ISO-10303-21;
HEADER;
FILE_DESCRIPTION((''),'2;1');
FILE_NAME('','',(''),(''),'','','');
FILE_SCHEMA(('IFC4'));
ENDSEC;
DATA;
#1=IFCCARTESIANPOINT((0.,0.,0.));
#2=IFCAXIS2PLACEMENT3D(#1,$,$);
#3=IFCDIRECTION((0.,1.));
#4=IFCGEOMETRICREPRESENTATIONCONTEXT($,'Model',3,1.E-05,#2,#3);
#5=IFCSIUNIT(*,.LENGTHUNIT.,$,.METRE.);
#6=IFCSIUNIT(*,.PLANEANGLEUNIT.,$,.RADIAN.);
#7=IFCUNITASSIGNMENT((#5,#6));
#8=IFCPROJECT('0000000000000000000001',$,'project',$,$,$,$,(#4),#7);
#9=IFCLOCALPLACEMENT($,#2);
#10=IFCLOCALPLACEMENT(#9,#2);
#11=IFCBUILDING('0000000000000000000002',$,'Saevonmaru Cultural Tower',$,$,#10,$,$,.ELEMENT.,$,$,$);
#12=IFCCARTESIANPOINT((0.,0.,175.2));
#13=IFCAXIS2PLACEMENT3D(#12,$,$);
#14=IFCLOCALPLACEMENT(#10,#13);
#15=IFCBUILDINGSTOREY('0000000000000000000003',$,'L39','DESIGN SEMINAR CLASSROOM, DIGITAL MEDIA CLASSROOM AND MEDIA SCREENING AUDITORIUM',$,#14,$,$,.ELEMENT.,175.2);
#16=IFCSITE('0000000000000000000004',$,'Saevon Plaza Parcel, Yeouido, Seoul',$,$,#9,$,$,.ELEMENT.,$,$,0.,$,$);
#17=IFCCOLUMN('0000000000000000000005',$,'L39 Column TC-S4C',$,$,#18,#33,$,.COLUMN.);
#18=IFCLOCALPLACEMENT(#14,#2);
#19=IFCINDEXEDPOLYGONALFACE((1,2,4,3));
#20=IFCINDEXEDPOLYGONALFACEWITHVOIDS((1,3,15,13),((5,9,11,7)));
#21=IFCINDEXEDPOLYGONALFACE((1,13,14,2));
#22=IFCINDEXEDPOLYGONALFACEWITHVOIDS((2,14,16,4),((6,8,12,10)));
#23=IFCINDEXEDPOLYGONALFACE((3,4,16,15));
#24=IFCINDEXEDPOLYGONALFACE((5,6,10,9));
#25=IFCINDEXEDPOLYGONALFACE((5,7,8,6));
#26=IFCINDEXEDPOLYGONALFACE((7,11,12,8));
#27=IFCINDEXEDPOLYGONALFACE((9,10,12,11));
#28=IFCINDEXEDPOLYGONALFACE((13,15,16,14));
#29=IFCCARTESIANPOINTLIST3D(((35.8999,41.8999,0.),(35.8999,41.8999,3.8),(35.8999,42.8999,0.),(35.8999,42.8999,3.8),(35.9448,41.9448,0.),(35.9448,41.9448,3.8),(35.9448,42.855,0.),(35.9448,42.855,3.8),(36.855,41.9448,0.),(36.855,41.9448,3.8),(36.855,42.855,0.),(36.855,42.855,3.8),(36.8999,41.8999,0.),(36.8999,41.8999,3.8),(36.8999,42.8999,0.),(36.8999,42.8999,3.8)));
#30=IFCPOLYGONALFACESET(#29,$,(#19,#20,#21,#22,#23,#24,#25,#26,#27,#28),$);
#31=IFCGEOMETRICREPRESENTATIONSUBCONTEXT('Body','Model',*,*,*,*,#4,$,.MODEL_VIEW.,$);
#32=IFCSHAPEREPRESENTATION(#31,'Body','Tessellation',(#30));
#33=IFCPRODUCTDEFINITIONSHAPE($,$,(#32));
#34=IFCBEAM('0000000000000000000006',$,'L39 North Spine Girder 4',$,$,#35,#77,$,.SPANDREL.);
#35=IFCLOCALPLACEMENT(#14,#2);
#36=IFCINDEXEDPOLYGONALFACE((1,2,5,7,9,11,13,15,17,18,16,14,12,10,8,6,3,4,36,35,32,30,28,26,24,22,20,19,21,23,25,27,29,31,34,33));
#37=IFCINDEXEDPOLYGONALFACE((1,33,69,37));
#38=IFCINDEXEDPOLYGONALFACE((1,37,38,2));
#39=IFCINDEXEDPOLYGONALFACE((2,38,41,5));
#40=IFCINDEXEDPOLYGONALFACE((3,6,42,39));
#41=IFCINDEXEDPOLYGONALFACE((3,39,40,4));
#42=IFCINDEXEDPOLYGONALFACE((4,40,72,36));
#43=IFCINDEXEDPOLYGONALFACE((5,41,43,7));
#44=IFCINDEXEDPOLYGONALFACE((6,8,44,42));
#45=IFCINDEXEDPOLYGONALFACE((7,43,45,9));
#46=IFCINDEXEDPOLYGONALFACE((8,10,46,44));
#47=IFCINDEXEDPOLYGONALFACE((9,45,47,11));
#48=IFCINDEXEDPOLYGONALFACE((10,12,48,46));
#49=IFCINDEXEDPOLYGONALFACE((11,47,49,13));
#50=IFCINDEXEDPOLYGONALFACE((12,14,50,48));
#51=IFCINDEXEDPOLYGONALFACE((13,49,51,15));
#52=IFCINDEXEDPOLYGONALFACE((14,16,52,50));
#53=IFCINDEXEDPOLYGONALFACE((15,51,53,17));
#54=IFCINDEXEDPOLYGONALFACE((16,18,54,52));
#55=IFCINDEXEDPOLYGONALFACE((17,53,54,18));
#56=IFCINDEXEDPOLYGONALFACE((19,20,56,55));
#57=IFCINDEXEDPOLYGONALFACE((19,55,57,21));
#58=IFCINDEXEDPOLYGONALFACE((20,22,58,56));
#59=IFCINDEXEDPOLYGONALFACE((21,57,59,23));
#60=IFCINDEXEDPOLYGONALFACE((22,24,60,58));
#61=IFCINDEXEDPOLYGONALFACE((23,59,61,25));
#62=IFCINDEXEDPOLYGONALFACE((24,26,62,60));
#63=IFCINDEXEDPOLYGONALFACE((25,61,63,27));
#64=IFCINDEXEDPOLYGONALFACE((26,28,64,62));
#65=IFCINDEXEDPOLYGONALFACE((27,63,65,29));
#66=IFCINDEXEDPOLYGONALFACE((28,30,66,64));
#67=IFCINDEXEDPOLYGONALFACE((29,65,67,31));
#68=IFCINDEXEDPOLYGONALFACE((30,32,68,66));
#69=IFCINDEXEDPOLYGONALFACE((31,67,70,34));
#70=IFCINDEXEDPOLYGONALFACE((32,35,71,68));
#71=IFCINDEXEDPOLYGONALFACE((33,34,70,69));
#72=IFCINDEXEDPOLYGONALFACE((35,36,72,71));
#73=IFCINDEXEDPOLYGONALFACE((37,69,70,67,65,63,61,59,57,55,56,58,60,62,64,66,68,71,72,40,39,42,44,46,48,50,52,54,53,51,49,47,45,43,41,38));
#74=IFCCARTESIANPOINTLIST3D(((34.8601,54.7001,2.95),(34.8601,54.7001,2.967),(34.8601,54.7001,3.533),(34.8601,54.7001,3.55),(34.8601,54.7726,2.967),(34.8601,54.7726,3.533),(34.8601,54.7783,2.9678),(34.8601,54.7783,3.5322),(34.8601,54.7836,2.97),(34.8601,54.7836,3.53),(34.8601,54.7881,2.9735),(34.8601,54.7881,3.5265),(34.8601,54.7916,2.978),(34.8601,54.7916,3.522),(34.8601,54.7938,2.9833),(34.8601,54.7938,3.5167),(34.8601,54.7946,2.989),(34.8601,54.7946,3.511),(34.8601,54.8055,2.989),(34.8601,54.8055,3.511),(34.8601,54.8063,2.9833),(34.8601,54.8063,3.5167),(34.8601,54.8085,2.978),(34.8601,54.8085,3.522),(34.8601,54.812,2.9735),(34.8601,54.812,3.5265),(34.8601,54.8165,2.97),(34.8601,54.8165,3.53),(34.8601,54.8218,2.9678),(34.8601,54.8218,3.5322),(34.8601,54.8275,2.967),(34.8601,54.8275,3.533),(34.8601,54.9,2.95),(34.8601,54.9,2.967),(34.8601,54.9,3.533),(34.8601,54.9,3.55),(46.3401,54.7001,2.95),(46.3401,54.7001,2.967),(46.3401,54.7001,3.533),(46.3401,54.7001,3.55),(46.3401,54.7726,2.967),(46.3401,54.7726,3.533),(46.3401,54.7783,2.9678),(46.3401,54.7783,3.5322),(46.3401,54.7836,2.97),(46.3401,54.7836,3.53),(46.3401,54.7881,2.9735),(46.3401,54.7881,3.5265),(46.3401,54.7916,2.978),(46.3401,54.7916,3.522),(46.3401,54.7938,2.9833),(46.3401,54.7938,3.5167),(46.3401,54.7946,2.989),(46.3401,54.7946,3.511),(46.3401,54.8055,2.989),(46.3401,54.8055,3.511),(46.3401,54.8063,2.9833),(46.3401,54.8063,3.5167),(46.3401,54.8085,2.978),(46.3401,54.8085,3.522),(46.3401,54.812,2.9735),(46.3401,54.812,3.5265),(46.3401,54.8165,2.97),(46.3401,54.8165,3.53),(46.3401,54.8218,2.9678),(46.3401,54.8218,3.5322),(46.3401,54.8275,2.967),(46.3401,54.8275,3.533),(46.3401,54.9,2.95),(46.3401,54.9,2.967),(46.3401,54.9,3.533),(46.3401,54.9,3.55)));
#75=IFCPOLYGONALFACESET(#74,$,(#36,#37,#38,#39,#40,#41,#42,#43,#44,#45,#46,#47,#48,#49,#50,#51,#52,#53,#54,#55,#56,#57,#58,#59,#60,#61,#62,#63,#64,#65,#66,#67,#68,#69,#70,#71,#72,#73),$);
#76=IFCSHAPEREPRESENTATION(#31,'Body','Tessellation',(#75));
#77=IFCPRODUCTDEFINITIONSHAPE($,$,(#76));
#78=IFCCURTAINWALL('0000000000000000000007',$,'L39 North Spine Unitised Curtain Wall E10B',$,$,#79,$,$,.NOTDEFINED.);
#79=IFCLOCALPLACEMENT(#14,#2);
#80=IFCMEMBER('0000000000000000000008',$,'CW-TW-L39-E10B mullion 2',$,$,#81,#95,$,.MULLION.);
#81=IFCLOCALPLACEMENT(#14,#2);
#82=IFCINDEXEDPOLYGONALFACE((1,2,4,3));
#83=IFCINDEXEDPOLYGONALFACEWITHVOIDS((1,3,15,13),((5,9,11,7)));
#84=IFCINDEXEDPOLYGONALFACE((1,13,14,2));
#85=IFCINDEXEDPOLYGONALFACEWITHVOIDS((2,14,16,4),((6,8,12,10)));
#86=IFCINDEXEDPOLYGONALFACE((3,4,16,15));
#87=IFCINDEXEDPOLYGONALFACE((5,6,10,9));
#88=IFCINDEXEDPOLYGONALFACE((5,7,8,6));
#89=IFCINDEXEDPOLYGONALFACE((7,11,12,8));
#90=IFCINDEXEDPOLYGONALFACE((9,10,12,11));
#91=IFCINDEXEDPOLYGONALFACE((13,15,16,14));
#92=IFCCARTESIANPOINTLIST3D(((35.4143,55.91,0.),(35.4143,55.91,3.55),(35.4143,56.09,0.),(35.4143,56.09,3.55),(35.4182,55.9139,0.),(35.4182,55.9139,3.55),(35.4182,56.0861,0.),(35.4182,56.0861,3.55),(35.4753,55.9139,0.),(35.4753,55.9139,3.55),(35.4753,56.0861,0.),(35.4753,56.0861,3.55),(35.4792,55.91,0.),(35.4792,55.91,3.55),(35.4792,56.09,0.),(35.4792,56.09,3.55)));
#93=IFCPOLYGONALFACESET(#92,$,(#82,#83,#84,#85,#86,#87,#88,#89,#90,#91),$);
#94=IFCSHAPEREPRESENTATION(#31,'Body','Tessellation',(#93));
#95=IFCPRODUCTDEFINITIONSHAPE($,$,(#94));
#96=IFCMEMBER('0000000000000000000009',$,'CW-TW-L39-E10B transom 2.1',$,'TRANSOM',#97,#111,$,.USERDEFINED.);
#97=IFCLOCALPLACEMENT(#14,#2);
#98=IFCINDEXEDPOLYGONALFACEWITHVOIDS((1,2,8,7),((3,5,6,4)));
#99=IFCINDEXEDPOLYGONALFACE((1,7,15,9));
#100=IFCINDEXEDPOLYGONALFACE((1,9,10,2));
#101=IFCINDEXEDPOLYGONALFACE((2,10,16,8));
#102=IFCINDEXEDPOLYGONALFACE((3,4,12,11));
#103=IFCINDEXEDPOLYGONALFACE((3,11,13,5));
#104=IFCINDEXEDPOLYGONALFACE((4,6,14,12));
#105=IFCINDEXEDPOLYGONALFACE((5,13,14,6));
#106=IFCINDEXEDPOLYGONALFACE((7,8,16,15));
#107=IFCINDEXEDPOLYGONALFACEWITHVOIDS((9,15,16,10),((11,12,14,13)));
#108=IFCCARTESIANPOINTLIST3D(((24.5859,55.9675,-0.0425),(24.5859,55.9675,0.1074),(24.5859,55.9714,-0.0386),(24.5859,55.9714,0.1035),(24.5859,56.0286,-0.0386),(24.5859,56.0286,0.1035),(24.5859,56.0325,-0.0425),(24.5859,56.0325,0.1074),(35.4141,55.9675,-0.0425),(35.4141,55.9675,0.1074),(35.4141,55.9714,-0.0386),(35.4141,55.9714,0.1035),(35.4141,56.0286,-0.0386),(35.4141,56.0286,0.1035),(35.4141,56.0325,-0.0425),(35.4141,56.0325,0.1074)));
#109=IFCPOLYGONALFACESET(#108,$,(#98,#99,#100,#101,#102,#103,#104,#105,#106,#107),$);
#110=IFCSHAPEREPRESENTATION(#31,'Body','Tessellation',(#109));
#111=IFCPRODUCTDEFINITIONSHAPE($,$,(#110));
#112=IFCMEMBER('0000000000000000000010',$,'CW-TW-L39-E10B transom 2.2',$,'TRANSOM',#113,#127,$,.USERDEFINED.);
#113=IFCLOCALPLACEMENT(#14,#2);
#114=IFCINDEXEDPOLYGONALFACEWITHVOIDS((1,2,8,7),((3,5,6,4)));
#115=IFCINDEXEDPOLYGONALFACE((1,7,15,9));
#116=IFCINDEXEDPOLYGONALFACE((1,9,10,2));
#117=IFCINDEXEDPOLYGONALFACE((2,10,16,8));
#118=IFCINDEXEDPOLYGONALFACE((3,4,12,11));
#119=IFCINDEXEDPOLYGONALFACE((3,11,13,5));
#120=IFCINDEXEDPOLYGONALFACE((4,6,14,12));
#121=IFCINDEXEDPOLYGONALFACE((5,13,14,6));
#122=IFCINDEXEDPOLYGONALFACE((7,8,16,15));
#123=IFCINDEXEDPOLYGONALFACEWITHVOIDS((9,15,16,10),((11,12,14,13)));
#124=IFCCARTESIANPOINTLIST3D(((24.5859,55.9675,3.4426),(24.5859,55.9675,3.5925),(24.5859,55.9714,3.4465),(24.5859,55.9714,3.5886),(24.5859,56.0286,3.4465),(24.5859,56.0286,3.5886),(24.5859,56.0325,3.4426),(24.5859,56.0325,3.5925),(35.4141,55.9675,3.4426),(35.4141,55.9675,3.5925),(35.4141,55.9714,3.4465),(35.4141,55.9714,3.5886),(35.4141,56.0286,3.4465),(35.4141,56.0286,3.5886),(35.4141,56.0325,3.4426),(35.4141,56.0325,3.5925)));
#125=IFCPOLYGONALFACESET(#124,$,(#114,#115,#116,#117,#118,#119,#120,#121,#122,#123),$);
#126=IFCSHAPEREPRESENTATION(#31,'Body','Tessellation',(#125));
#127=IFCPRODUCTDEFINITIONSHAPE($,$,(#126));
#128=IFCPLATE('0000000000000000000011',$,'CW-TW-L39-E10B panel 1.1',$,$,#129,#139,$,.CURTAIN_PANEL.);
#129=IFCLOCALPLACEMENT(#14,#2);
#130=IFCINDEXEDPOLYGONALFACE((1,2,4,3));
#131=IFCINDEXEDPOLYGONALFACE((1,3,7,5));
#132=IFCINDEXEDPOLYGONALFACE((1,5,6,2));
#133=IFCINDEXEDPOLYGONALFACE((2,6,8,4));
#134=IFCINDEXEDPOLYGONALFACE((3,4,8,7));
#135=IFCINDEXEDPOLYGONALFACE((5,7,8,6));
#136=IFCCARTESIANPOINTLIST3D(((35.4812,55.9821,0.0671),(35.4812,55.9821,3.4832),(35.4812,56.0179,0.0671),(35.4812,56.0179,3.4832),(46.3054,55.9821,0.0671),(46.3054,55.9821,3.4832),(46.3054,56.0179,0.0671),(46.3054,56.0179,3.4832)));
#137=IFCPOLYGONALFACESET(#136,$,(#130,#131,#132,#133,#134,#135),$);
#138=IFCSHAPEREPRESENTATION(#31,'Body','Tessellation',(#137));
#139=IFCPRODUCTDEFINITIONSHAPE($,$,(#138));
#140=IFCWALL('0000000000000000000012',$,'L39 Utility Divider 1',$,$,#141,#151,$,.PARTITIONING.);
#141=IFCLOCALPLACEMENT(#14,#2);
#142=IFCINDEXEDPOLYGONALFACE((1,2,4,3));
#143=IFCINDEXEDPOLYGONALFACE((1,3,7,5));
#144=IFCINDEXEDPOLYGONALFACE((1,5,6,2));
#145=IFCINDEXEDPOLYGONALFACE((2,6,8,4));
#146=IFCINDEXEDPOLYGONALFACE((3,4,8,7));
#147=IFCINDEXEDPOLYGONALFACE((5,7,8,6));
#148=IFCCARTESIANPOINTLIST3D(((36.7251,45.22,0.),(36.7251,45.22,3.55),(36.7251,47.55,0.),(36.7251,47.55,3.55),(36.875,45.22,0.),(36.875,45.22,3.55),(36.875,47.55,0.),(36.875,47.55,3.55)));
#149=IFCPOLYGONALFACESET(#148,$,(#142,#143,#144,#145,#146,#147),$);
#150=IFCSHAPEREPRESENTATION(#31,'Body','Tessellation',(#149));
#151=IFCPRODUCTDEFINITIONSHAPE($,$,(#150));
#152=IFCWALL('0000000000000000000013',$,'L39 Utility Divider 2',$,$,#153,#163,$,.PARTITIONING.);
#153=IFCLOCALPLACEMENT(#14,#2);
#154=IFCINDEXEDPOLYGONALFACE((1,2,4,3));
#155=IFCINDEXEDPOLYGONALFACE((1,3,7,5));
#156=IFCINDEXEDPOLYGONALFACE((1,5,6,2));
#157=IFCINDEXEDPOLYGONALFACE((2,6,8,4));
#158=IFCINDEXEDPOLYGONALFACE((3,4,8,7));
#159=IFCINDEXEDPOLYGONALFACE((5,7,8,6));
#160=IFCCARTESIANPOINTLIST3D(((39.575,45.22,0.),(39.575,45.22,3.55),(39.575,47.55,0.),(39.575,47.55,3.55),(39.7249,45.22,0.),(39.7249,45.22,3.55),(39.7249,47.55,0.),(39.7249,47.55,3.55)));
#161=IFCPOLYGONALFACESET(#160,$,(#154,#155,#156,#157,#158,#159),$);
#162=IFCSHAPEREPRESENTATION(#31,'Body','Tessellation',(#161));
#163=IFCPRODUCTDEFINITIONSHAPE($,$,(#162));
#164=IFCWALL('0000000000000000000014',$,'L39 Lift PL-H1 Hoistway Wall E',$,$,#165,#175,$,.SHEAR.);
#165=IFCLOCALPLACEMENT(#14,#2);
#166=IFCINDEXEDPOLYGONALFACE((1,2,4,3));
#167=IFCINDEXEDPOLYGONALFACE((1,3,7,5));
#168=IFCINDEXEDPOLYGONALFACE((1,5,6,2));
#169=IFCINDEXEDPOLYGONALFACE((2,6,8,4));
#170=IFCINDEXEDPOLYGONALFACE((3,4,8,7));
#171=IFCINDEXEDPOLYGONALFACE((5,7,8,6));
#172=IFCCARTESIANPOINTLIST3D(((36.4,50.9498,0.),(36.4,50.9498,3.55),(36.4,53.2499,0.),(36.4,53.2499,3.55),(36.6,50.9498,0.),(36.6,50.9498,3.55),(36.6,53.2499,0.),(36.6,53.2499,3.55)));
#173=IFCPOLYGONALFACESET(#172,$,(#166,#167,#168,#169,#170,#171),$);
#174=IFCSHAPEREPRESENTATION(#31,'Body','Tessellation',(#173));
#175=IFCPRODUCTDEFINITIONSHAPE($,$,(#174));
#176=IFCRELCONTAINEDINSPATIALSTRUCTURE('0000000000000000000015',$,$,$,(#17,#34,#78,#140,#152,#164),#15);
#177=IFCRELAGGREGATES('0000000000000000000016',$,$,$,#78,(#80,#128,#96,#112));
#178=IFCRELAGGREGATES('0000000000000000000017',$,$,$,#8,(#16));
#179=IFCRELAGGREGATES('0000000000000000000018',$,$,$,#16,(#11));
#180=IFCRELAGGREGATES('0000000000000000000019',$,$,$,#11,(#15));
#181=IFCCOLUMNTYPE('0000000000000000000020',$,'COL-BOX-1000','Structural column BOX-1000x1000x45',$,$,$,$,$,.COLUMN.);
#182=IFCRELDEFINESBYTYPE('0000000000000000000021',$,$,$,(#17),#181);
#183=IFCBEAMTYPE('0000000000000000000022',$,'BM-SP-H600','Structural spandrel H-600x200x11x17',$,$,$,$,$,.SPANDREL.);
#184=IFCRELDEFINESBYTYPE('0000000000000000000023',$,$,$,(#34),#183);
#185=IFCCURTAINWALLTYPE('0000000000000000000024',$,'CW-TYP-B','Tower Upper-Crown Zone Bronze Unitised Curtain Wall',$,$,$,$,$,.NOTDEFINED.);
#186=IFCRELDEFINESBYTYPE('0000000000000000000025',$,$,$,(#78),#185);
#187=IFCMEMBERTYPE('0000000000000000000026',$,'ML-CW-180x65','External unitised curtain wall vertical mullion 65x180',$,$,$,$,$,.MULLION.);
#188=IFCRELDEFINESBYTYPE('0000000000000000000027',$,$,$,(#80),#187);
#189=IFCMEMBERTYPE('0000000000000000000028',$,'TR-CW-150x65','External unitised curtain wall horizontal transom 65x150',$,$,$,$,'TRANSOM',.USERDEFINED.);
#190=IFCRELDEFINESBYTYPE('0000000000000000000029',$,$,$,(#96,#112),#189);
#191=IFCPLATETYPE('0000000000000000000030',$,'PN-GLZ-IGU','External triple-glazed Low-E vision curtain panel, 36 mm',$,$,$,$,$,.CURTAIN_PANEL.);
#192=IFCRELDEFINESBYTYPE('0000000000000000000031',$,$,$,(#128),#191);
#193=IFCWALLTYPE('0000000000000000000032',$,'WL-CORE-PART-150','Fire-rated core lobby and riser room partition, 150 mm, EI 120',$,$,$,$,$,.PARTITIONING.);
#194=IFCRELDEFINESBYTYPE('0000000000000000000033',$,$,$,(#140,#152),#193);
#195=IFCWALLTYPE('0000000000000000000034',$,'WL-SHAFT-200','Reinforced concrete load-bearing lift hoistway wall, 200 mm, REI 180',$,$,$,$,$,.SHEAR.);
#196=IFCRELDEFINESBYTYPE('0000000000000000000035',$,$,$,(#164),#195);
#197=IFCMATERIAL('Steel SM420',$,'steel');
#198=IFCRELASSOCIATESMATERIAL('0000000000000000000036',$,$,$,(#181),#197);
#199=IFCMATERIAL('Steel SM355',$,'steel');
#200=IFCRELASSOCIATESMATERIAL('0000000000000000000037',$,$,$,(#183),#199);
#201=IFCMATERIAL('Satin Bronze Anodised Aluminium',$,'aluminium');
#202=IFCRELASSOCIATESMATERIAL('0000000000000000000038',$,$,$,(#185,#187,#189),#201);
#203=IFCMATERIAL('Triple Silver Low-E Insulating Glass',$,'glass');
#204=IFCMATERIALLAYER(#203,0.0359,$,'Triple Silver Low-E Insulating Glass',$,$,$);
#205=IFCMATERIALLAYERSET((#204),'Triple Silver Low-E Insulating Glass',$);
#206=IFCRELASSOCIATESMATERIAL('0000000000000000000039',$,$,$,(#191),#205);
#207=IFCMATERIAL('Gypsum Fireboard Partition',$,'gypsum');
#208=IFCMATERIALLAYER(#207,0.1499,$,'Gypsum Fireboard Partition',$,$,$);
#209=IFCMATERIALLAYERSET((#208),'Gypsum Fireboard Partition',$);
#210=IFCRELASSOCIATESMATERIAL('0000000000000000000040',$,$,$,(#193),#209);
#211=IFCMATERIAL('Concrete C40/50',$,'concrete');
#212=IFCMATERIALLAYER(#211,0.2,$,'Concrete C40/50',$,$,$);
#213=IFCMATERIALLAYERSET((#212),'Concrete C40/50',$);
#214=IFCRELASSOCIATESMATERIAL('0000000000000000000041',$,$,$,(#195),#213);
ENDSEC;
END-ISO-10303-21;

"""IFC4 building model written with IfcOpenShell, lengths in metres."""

from ifc_helpers import new_model, si_unit, direction, frame, frame_2d, origin, origin_2d, place, context, subcontext, project, spatial, rectangle, hollow_rectangle, i_section, extrude, material, layer, layer_set, material_profile, profile_set, type_object, element, aggregate, save


model = new_model("IFC4")

# Units and contexts
model_context = context("Model", 3, precision=1e-05, world=origin(), true_north=direction((0.0, 1.0)))
body_context = subcontext(model_context, "Body", "Model", "MODEL_VIEW")
ifc_project = project(units=[si_unit("LENGTHUNIT", "METRE"), si_unit("PLANEANGLEUNIT", "RADIAN")], contexts=[model_context])

# Site, building, storey
site_placement = place(None, origin())
site = spatial("IfcSite", under=ifc_project, at=site_placement, Name="Saevon Plaza Parcel, Yeouido, Seoul", CompositionType="ELEMENT", RefElevation=0.0)
building_placement = place(site_placement, origin())
building = spatial("IfcBuilding", under=site, at=building_placement, Name="Saevonmaru Cultural Tower", CompositionType="ELEMENT")
storey_placement = place(building_placement, frame((0.0, 0.0, 175.2)))
storey = spatial("IfcBuildingStorey", under=building, at=storey_placement, Name="L39", Description="DESIGN SEMINAR CLASSROOM, DIGITAL MEDIA CLASSROOM AND MEDIA SCREENING AUDITORIUM", CompositionType="ELEMENT", Elevation=175.2)

# Column
ifc_material_1 = material(Name="Steel SM420", Category="steel")
ifc_material_profile_1 = material_profile(ifc_material_1, hollow_rectangle(XDim=1.0, YDim=1.0, WallThickness=0.0449, at=origin_2d()), Name="BOX-1000x1000x45")
ifc_profile_set_1 = profile_set([ifc_material_profile_1], Name="Steel SM420")
column_type = type_object("IfcColumnType", Name="COL-BOX-1000", Description="Structural column BOX-1000x1000x45", PredefinedType="COLUMN", material=ifc_profile_set_1)
column_placement = place(storey_placement, frame((36.3999, 42.3999, 0.0), z_axis=(0.0, 0.0, 1.0), x_axis=(1.0, 0.0, 0.0)))
element("IfcColumn", 1, at=column_placement, inside=storey, type_object=column_type, Name="L39 Column TC-S4C", PredefinedType="COLUMN", context=body_context, shape_type="SweptSolid", body=[
    extrude(hollow_rectangle(XDim=1.0, YDim=1.0, WallThickness=0.0449, at=origin_2d()), origin(), (0.0, 0.0, 1.0), 3.8),
])

# Beam
ifc_material_2 = material(Name="Steel SM355", Category="steel")
ifc_material_profile_2 = material_profile(ifc_material_2, i_section(OverallWidth=0.2, OverallDepth=0.6001, WebThickness=0.011, FlangeThickness=0.0171, FilletRadius=0.022, at=origin_2d()), Name="H-600x200x11x17")
ifc_profile_set_2 = profile_set([ifc_material_profile_2], Name="Steel SM355")
beam_type = type_object("IfcBeamType", Name="BM-SP-H600", Description="Structural spandrel H-600x200x11x17", PredefinedType="SPANDREL", material=ifc_profile_set_2)
beam_placement = place(storey_placement, frame((34.8601, 54.8, 3.25), z_axis=(1.0, 0.0, 0.0), x_axis=(0.0, 1.0, 0.0)))
element("IfcBeam", 2, at=beam_placement, inside=storey, type_object=beam_type, Name="L39 North Spine Girder 4", PredefinedType="SPANDREL", context=body_context, shape_type="SweptSolid", body=[
    extrude(i_section(OverallWidth=0.2, OverallDepth=0.6001, WebThickness=0.011, FlangeThickness=0.0171, FilletRadius=0.022, at=origin_2d()), origin(), (0.0, 0.0, 1.0), 11.48),
])

# Curtain wall, members, plate
ifc_material_3 = material(Name="Satin Bronze Anodised Aluminium", Category="aluminium")
curtain_wall_type = type_object("IfcCurtainWallType", Name="CW-TYP-B", Description="Tower Upper-Crown Zone Bronze Unitised Curtain Wall", PredefinedType="NOTDEFINED", material=ifc_material_3)
curtain_wall_placement = place(storey_placement, origin())
curtain_wall = element("IfcCurtainWall", 3, at=curtain_wall_placement, inside=storey, type_object=curtain_wall_type, Name="L39 North Spine Unitised Curtain Wall E10B", PredefinedType="NOTDEFINED")
ifc_material_profile_3 = material_profile(ifc_material_3, hollow_rectangle(XDim=0.0649, YDim=0.1799, WallThickness=0.0039, at=origin_2d()), Name="ALU-MULL-180x65x4")
ifc_profile_set_3 = profile_set([ifc_material_profile_3], Name="Satin Bronze Anodised Aluminium")
member_type_1 = type_object("IfcMemberType", Name="ML-CW-180x65", Description="External unitised curtain wall vertical mullion 65x180", PredefinedType="MULLION", material=ifc_profile_set_3)
member_1_placement = place(storey_placement, frame((35.4468, 56.0, 0.0), z_axis=(0.0, 0.0, 1.0), x_axis=(-1.0, 0.0, 0.0)))
member_1 = element("IfcMember", 4, at=member_1_placement, type_object=member_type_1, Name="CW-TW-L39-E10B mullion 2", PredefinedType="MULLION", context=body_context, shape_type="SweptSolid", body=[
    extrude(hollow_rectangle(XDim=0.0649, YDim=0.1799, WallThickness=0.0039, at=origin_2d()), origin(), (0.0, 0.0, 1.0), 3.55),
])
ifc_material_profile_4 = material_profile(ifc_material_3, hollow_rectangle(XDim=0.0649, YDim=0.1499, WallThickness=0.0039, at=origin_2d()), Name="ALU-TRAN-150x65x4")
ifc_profile_set_4 = profile_set([ifc_material_profile_4], Name="Satin Bronze Anodised Aluminium")
member_type_2 = type_object("IfcMemberType", Name="TR-CW-150x65", Description="External unitised curtain wall horizontal transom 65x150", ElementType="TRANSOM", PredefinedType="USERDEFINED", material=ifc_profile_set_4)
member_2_placement = place(storey_placement, frame((35.4141, 56.0, 0.0325), z_axis=(-1.0, 0.0, 0.0), x_axis=(0.0, -1.0, 0.0)))
member_2 = element("IfcMember", 5, at=member_2_placement, type_object=member_type_2, Name="CW-TW-L39-E10B transom 2.1", ObjectType="TRANSOM", PredefinedType="USERDEFINED", context=body_context, shape_type="SweptSolid", body=[
    extrude(hollow_rectangle(XDim=0.0649, YDim=0.1499, WallThickness=0.0039, at=origin_2d()), origin(), (0.0, 0.0, 1.0), 10.8281),
])
member_3_placement = place(storey_placement, frame((35.4141, 56.0, 3.5176), z_axis=(-1.0, 0.0, 0.0), x_axis=(0.0, -1.0, 0.0)))
member_3 = element("IfcMember", 6, at=member_3_placement, type_object=member_type_2, Name="CW-TW-L39-E10B transom 2.2", ObjectType="TRANSOM", PredefinedType="USERDEFINED", context=body_context, shape_type="SweptSolid", body=[
    extrude(hollow_rectangle(XDim=0.0649, YDim=0.1499, WallThickness=0.0039, at=origin_2d()), origin(), (0.0, 0.0, 1.0), 10.8281),
])
ifc_material_4 = material(Name="Triple Silver Low-E Insulating Glass", Category="glass")
ifc_layer_1 = layer(ifc_material_4, 0.0359, Name="Triple Silver Low-E Insulating Glass")
ifc_layer_set_1 = layer_set([ifc_layer_1], Name="Triple Silver Low-E Insulating Glass")
plate_type = type_object("IfcPlateType", Name="PN-GLZ-IGU", Description="External triple-glazed Low-E vision curtain panel, 36 mm", PredefinedType="CURTAIN_PANEL", material=ifc_layer_set_1)
plate_placement = place(storey_placement, frame((40.8933, 56.0, 0.0671), z_axis=(0.0, 0.0, 1.0), x_axis=(-1.0, 0.0, 0.0)))
plate = element("IfcPlate", 7, at=plate_placement, type_object=plate_type, Name="CW-TW-L39-E10B panel 1.1", PredefinedType="CURTAIN_PANEL", context=body_context, shape_type="SweptSolid", body=[
    extrude(rectangle(XDim=10.8242, YDim=0.0359, at=origin_2d()), origin(), (0.0, 0.0, 1.0), 3.416),
])
aggregate(curtain_wall, [member_1, plate, member_2, member_3])

# Walls
ifc_material_5 = material(Name="Gypsum Fireboard Partition", Category="gypsum")
ifc_layer_2 = layer(ifc_material_5, 0.1499, Name="Gypsum Fireboard Partition")
ifc_layer_set_2 = layer_set([ifc_layer_2], Name="Gypsum Fireboard Partition")
wall_type_1 = type_object("IfcWallType", Name="WL-CORE-PART-150", Description="Fire-rated core lobby and riser room partition, 150 mm, EI 120", PredefinedType="PARTITIONING", material=ifc_layer_set_2)
for number, where, z_axis, x_axis, name in (
    (8, (36.8, 45.22, 0.0), (0.0, 0.0, 1.0), (0.0, 1.0, 0.0), "L39 Utility Divider 1"),
    (9, (39.6499, 45.22, 0.0), (0.0, 0.0, 1.0), (0.0, 1.0, 0.0), "L39 Utility Divider 2"),
):
    element("IfcWall", number, at=place(storey_placement, frame(where, z_axis=z_axis, x_axis=x_axis)), inside=storey, type_object=wall_type_1, Name=name, PredefinedType="PARTITIONING", context=body_context, shape_type="SweptSolid", body=[
        extrude(rectangle(XDim=2.3301, YDim=0.1499, at=frame_2d((1.165, 0.0))), origin(), (0.0, 0.0, 1.0), 3.55),
    ])
ifc_material_6 = material(Name="Concrete C40/50", Category="concrete")
ifc_layer_3 = layer(ifc_material_6, 0.2, Name="Concrete C40/50")
ifc_layer_set_3 = layer_set([ifc_layer_3], Name="Concrete C40/50")
wall_type_2 = type_object("IfcWallType", Name="WL-SHAFT-200", Description="Reinforced concrete load-bearing lift hoistway wall, 200 mm, REI 180", PredefinedType="SHEAR", material=ifc_layer_set_3)
wall_1_placement = place(storey_placement, frame((36.5, 50.95, 0.0), z_axis=(0.0, 0.0, 1.0), x_axis=(0.0, 1.0, 0.0)))
element("IfcWall", 10, at=wall_1_placement, inside=storey, type_object=wall_type_2, Name="L39 Lift PL-H1 Hoistway Wall E", PredefinedType="SHEAR", context=body_context, shape_type="SweptSolid", body=[
    extrude(rectangle(XDim=2.3, YDim=0.2, at=frame_2d((1.1499, 0.0))), origin(), (0.0, 0.0, 1.0), 3.55),
])

save(model, "model.ifc")
